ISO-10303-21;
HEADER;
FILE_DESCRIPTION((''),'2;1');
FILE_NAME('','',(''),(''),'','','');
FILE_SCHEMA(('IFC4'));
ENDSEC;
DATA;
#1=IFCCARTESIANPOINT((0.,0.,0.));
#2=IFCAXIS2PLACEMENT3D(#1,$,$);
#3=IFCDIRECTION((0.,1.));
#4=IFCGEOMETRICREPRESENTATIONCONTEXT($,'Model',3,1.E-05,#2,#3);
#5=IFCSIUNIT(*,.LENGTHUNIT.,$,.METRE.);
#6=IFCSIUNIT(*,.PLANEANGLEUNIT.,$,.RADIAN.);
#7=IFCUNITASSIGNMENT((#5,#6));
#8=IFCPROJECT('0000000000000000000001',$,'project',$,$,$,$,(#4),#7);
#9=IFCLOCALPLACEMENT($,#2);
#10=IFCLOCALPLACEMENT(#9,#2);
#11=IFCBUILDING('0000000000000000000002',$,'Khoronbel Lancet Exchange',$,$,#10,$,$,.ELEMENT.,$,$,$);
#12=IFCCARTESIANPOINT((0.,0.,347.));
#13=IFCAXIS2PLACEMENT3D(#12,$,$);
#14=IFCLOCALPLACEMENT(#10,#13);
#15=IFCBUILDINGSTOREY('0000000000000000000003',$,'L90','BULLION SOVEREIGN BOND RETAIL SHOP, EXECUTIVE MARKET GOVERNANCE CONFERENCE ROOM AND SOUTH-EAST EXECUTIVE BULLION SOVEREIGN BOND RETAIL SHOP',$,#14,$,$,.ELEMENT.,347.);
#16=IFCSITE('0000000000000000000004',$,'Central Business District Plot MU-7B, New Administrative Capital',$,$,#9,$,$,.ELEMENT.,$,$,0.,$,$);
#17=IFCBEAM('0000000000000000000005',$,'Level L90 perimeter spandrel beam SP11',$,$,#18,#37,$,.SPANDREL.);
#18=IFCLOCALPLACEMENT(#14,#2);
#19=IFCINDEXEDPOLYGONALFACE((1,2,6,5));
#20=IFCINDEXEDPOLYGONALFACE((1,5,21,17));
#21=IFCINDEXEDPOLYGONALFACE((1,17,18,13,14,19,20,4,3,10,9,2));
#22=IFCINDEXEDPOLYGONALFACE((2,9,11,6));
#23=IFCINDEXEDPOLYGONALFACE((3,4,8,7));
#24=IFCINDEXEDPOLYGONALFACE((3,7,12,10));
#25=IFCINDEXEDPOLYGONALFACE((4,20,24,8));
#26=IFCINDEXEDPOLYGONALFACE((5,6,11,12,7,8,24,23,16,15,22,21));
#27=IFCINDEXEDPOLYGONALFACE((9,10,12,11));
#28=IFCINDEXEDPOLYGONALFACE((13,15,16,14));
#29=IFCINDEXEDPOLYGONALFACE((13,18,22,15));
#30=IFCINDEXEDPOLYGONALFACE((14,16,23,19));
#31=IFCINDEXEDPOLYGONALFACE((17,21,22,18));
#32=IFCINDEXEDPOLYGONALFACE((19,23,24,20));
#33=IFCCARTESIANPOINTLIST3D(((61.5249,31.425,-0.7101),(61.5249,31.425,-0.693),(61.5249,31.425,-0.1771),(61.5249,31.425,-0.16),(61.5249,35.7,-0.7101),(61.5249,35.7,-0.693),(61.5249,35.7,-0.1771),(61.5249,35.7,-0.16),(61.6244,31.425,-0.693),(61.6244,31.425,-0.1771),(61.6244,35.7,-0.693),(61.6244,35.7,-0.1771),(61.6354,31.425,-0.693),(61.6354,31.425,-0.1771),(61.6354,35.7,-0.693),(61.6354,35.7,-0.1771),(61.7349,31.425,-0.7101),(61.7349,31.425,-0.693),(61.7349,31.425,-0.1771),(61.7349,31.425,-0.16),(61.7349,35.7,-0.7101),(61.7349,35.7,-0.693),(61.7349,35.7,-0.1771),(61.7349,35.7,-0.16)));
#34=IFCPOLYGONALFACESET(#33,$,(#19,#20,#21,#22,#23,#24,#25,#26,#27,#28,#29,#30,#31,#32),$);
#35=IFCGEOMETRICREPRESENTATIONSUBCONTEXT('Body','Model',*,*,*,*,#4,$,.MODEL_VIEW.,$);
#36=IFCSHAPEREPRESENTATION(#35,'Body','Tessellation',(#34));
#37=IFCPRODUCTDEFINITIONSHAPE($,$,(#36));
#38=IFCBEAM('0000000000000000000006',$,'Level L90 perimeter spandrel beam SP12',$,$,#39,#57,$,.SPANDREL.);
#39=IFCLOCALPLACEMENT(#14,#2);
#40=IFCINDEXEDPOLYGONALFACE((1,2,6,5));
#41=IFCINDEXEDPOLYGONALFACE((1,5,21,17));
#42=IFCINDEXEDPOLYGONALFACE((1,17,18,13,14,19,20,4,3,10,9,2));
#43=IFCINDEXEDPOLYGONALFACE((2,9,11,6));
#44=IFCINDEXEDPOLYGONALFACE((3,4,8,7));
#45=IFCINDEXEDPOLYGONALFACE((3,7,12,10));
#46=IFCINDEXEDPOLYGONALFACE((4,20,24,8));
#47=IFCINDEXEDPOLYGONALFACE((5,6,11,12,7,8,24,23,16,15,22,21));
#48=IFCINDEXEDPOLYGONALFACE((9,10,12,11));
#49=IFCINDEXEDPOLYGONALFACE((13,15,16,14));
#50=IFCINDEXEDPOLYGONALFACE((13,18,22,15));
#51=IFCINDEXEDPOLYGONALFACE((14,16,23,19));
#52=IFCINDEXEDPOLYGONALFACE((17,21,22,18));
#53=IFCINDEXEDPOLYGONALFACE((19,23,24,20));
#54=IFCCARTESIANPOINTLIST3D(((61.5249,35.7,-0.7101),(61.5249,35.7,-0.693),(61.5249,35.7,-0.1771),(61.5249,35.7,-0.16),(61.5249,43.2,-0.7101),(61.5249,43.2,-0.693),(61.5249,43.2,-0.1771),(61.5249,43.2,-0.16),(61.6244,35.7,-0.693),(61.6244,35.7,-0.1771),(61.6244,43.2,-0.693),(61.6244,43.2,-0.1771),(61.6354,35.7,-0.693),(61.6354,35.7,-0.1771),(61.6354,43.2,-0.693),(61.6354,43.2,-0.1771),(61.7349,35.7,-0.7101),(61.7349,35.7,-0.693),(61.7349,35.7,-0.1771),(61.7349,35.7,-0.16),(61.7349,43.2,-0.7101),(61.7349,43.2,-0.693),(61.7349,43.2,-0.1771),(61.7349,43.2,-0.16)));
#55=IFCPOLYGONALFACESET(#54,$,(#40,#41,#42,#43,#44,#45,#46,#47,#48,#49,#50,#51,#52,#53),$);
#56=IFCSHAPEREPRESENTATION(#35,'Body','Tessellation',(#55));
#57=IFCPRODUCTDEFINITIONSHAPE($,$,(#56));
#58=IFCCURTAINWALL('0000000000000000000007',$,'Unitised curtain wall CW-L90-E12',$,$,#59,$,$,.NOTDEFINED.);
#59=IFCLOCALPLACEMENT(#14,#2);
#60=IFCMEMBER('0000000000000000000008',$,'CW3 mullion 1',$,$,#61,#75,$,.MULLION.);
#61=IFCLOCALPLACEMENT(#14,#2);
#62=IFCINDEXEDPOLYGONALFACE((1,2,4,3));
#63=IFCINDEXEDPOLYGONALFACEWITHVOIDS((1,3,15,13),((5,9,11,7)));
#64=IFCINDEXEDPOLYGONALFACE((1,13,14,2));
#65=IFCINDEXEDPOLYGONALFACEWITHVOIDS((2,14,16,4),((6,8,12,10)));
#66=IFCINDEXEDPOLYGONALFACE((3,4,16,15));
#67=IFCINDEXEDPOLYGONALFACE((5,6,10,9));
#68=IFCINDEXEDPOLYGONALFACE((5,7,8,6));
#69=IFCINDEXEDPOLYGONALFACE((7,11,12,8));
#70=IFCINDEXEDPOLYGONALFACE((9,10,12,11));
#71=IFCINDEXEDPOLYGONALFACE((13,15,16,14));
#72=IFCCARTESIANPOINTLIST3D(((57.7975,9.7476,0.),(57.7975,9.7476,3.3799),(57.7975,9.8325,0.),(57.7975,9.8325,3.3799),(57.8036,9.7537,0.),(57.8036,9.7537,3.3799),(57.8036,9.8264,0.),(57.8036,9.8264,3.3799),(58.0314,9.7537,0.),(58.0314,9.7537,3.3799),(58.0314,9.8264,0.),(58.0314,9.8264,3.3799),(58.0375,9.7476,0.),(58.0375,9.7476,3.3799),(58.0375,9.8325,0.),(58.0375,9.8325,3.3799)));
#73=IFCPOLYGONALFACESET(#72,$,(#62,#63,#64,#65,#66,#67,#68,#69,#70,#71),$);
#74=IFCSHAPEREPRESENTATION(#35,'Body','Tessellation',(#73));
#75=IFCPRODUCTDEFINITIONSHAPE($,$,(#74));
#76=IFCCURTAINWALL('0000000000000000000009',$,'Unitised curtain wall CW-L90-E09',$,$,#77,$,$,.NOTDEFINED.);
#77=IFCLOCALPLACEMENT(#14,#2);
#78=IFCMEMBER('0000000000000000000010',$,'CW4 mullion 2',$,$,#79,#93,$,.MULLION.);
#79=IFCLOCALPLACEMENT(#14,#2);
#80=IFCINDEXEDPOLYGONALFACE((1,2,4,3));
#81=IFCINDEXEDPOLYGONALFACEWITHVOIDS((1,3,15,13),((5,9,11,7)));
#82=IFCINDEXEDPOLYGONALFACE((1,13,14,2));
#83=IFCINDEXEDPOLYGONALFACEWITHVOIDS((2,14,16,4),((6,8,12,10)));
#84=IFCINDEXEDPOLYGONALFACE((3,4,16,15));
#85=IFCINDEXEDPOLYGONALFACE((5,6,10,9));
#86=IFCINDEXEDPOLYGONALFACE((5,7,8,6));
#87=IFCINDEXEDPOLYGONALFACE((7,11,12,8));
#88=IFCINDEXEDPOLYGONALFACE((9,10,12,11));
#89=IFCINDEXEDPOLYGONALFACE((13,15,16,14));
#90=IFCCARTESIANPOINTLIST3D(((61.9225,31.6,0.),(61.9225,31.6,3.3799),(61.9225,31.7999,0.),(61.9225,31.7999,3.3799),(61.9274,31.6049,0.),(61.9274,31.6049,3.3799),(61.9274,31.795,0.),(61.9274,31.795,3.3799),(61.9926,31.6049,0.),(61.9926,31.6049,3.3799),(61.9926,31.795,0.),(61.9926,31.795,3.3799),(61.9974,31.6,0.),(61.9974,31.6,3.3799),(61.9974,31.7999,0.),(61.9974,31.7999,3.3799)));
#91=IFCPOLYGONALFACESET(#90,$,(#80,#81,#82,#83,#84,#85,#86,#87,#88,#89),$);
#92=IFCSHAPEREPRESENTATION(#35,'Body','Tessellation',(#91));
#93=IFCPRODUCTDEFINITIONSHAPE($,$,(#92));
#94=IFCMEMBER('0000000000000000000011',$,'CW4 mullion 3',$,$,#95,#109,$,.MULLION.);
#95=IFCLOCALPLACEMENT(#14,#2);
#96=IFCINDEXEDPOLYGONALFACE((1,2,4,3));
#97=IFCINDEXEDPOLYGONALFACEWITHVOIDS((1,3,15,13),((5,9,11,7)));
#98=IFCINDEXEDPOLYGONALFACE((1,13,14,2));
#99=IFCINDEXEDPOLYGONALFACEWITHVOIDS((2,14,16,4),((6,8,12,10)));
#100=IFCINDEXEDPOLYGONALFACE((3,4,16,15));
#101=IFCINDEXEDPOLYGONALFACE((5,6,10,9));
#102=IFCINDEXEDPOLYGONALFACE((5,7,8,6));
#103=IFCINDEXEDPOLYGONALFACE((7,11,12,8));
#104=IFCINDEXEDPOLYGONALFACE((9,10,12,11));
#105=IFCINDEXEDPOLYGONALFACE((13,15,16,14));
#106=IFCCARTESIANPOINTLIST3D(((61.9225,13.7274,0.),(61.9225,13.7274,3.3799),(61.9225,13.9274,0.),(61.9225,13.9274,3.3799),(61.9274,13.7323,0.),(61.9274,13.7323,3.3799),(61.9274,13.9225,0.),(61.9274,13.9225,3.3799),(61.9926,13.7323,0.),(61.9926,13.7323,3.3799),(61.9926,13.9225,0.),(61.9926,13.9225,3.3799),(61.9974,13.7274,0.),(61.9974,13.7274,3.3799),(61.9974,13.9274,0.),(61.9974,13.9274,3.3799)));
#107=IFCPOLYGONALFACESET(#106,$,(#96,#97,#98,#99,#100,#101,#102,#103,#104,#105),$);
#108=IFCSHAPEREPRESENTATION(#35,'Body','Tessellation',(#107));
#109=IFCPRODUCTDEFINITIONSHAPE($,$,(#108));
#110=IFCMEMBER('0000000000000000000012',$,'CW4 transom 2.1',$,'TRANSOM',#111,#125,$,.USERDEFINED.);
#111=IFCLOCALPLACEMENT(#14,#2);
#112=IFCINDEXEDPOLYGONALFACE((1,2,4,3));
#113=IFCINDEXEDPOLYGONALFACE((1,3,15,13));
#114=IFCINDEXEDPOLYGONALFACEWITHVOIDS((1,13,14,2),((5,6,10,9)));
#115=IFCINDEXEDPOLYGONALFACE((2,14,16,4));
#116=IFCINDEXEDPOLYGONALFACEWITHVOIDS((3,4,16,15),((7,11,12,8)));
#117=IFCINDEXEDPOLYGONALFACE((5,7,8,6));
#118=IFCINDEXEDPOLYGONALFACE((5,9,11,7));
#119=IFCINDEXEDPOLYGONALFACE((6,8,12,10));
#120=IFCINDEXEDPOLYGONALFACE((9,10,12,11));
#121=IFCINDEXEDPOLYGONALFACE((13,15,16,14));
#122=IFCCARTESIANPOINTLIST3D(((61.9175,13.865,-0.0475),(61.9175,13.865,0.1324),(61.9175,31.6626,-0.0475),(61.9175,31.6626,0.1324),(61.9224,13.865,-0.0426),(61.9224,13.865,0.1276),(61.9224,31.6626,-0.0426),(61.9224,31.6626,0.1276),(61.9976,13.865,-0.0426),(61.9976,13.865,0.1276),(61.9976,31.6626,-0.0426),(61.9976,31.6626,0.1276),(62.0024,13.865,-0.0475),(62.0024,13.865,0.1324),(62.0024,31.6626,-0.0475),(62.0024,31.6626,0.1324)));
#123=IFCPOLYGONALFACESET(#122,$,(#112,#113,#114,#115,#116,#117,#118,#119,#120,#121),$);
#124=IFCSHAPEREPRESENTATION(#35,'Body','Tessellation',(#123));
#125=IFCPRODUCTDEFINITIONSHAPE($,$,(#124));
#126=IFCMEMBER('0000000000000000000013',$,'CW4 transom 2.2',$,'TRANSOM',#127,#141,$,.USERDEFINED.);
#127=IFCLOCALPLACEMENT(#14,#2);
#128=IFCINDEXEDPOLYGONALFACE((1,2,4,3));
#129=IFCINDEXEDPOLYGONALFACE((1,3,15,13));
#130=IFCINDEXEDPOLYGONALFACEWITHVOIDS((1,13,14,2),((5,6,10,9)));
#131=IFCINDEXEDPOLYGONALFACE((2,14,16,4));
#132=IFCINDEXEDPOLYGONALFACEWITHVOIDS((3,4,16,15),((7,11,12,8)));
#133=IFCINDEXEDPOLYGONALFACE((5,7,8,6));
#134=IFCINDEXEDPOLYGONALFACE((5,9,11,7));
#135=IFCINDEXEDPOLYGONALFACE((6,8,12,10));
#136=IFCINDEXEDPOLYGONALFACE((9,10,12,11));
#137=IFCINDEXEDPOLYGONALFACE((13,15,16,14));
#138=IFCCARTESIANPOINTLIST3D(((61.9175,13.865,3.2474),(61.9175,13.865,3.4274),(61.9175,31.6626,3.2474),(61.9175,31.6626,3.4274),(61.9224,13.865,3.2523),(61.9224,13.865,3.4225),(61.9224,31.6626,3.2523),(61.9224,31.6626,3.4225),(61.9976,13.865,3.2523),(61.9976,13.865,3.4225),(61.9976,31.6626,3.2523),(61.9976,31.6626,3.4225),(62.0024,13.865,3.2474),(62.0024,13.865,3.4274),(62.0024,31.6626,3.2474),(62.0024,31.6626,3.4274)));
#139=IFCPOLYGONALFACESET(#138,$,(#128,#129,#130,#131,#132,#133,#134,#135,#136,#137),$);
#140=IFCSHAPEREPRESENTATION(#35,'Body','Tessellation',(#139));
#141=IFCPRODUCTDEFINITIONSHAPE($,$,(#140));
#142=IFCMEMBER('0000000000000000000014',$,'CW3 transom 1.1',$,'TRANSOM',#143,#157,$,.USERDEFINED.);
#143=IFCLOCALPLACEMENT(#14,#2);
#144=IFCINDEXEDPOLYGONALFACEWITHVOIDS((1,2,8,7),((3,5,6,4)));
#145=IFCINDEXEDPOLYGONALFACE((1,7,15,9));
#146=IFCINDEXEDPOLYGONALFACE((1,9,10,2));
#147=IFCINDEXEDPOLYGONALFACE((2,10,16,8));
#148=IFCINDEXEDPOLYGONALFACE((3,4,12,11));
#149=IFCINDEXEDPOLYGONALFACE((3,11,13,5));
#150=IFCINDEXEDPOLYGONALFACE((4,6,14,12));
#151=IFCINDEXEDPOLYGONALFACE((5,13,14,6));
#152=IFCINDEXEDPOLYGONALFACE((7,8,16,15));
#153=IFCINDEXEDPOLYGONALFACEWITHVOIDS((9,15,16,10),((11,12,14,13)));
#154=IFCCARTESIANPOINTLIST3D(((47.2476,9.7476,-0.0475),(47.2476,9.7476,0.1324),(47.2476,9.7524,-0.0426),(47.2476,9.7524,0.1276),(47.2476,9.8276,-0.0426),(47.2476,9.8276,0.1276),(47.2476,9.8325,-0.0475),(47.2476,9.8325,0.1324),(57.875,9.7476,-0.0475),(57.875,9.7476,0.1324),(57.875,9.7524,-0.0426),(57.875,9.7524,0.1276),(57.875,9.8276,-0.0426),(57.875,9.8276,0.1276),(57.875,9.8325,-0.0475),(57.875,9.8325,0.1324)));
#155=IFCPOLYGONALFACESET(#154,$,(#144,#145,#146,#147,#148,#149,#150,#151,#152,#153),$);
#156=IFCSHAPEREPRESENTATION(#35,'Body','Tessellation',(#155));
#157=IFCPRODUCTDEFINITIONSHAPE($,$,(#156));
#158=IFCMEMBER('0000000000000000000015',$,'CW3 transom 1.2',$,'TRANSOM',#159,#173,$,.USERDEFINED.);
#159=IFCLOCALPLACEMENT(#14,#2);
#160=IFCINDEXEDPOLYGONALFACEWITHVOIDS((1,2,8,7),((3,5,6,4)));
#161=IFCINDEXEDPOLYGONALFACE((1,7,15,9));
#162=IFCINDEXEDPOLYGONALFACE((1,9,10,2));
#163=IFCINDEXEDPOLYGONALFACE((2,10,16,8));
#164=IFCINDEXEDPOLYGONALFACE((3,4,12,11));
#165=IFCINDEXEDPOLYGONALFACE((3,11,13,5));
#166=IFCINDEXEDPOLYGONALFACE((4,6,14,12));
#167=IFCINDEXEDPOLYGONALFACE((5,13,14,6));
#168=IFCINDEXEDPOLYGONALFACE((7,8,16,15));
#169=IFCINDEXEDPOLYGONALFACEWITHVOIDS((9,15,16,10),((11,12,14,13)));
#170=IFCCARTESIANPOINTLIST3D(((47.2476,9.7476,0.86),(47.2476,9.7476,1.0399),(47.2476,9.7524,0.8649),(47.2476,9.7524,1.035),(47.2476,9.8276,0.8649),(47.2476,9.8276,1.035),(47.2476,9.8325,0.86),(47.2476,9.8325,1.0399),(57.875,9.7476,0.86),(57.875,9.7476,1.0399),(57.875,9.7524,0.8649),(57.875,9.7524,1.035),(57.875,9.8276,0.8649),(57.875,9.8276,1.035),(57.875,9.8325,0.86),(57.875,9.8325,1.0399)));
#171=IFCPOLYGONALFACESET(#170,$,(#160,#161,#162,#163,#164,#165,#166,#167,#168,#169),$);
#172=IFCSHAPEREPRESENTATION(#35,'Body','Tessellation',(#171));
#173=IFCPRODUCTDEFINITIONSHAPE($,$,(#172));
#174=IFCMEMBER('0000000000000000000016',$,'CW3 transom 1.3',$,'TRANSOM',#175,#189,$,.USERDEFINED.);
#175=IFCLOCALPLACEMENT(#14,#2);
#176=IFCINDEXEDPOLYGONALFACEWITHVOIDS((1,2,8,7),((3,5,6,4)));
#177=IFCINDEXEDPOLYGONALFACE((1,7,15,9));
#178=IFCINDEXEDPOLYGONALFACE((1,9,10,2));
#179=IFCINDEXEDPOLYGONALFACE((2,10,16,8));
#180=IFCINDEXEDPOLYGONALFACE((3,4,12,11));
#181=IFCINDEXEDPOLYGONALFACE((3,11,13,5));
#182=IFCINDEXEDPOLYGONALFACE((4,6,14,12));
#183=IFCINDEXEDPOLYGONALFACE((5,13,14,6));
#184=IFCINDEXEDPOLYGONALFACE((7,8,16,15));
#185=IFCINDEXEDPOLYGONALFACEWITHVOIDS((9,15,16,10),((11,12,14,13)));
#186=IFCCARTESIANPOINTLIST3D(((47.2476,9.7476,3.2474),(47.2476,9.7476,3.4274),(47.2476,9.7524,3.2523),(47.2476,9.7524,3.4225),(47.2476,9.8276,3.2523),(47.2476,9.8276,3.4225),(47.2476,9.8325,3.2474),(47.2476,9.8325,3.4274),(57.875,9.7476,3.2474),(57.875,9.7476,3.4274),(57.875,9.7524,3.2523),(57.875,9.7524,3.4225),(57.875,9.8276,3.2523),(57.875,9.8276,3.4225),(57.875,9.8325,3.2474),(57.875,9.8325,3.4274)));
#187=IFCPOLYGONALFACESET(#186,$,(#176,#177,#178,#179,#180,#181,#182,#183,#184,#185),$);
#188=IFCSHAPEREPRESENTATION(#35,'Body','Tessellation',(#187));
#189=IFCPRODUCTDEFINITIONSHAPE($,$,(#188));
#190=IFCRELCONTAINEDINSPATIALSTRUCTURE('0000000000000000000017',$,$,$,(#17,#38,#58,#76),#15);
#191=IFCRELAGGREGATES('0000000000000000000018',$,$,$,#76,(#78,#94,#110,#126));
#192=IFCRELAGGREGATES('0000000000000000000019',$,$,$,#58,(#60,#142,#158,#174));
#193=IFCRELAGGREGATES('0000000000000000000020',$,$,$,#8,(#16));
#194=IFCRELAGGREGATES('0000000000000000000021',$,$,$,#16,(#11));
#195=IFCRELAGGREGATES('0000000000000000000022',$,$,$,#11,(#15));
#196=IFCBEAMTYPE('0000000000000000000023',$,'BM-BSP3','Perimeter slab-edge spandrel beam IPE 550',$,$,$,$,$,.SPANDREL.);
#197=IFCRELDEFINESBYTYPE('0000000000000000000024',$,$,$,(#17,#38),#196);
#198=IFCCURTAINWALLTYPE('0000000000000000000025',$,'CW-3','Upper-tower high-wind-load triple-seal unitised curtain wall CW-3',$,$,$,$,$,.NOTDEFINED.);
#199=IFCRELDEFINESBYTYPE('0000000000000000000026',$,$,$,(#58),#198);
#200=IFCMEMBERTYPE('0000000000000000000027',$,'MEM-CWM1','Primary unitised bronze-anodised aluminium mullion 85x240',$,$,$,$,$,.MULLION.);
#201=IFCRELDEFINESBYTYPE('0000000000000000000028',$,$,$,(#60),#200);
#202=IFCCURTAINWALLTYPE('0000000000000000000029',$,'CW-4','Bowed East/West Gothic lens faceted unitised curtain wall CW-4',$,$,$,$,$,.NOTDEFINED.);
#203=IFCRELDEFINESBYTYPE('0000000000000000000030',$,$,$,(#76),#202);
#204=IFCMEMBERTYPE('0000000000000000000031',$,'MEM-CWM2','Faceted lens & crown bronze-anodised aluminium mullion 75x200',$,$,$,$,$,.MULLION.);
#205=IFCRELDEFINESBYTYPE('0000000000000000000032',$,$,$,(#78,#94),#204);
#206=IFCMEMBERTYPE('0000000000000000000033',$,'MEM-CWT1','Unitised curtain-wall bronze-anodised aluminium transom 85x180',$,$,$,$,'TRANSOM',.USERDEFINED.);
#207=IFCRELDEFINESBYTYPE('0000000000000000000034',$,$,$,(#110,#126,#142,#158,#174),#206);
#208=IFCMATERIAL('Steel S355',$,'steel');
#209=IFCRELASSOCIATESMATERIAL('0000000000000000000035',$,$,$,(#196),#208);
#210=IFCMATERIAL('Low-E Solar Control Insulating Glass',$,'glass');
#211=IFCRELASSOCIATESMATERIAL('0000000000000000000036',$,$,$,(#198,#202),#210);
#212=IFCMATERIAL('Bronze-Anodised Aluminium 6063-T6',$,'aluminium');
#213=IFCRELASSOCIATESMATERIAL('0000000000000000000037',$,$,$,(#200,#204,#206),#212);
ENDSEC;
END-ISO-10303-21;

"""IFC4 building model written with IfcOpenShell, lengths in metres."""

from ifc_helpers import new_model, si_unit, direction, frame, origin, origin_2d, place, context, subcontext, project, spatial, hollow_rectangle, i_section, extrude, material, material_profile, profile_set, type_object, element, aggregate, save


model = new_model("IFC4")

# Units and contexts
model_context = context("Model", 3, precision=1e-05, world=origin(), true_north=direction((0.0, 1.0)))
body_context = subcontext(model_context, "Body", "Model", "MODEL_VIEW")
ifc_project = project(units=[si_unit("LENGTHUNIT", "METRE"), si_unit("PLANEANGLEUNIT", "RADIAN")], contexts=[model_context])

# Site, building, storey
site_placement = place(None, origin())
site = spatial("IfcSite", under=ifc_project, at=site_placement, Name="Central Business District Plot MU-7B, New Administrative Capital", CompositionType="ELEMENT", RefElevation=0.0)
building_placement = place(site_placement, origin())
building = spatial("IfcBuilding", under=site, at=building_placement, Name="Khoronbel Lancet Exchange", CompositionType="ELEMENT")
storey_placement = place(building_placement, frame((0.0, 0.0, 347.0)))
storey = spatial("IfcBuildingStorey", under=building, at=storey_placement, Name="L90", Description="BULLION SOVEREIGN BOND RETAIL SHOP, EXECUTIVE MARKET GOVERNANCE CONFERENCE ROOM AND SOUTH-EAST EXECUTIVE BULLION SOVEREIGN BOND RETAIL SHOP", CompositionType="ELEMENT", Elevation=347.0)

# Shared definitions
ifc_material_1 = material(Name="Steel S355", Category="steel")

# Beams
ifc_material_profile_1 = material_profile(ifc_material_1, i_section(OverallWidth=0.21, OverallDepth=0.55, WebThickness=0.011, FlangeThickness=0.0171, at=origin_2d()), Name="IPE 550")
ifc_profile_set_1 = profile_set([ifc_material_profile_1], Name="Steel S355")
beam_type_1 = type_object("IfcBeamType", Name="BM-BSP3", Description="Perimeter slab-edge spandrel beam IPE 550", PredefinedType="SPANDREL", material=ifc_profile_set_1)
beam_1_placement = place(storey_placement, frame((61.6299, 31.425, -0.4351), z_axis=(0.0, 1.0, 0.0), x_axis=(-1.0, 0.0, 0.0)))
element("IfcBeam", 1, at=beam_1_placement, inside=storey, type_object=beam_type_1, Name="Level L90 perimeter spandrel beam SP11", PredefinedType="SPANDREL", context=body_context, shape_type="SweptSolid", body=[
    extrude(i_section(OverallWidth=0.21, OverallDepth=0.55, WebThickness=0.011, FlangeThickness=0.0171, at=origin_2d()), origin(), (0.0, 0.0, 1.0), 4.2749),
])
beam_2_placement = place(storey_placement, frame((61.6299, 35.7, -0.4351), z_axis=(0.0, 1.0, 0.0), x_axis=(-1.0, 0.0, 0.0)))
element("IfcBeam", 2, at=beam_2_placement, inside=storey, type_object=beam_type_1, Name="Level L90 perimeter spandrel beam SP12", PredefinedType="SPANDREL", context=body_context, shape_type="SweptSolid", body=[
    extrude(i_section(OverallWidth=0.21, OverallDepth=0.55, WebThickness=0.011, FlangeThickness=0.0171, at=origin_2d()), origin(), (0.0, 0.0, 1.0), 7.5),
])

# Curtain wall, member
ifc_material_2 = material(Name="Low-E Solar Control Insulating Glass", Category="glass")
curtain_wall_type_1 = type_object("IfcCurtainWallType", Name="CW-3", Description="Upper-tower high-wind-load triple-seal unitised curtain wall CW-3", PredefinedType="NOTDEFINED", material=ifc_material_2)
curtain_wall_1_placement = place(storey_placement, origin())
curtain_wall_1 = element("IfcCurtainWall", 3, at=curtain_wall_1_placement, inside=storey, type_object=curtain_wall_type_1, Name="Unitised curtain wall CW-L90-E12", PredefinedType="NOTDEFINED")
ifc_material_3 = material(Name="Bronze-Anodised Aluminium 6063-T6", Category="aluminium")
ifc_material_profile_2 = material_profile(ifc_material_3, hollow_rectangle(XDim=0.085, YDim=0.24, WallThickness=0.0061, at=origin_2d()), Name="ALU MULLION 85x240")
ifc_profile_set_2 = profile_set([ifc_material_profile_2], Name="Bronze-Anodised Aluminium 6063-T6")
member_type_1 = type_object("IfcMemberType", Name="MEM-CWM1", Description="Primary unitised bronze-anodised aluminium mullion 85x240", PredefinedType="MULLION", material=ifc_profile_set_2)
member_1_placement = place(storey_placement, frame((57.9175, 9.79, 0.0), z_axis=(0.0, 0.0, 1.0), x_axis=(0.0, -1.0, 0.0)))
member_1 = element("IfcMember", 4, at=member_1_placement, type_object=member_type_1, Name="CW3 mullion 1", PredefinedType="MULLION", context=body_context, shape_type="SweptSolid", body=[
    extrude(hollow_rectangle(XDim=0.085, YDim=0.24, WallThickness=0.0061, at=origin_2d()), origin(), (0.0, 0.0, 1.0), 3.3799),
])

# Curtain wall, members
curtain_wall_type_2 = type_object("IfcCurtainWallType", Name="CW-4", Description="Bowed East/West Gothic lens faceted unitised curtain wall CW-4", PredefinedType="NOTDEFINED", material=ifc_material_2)
curtain_wall_2_placement = place(storey_placement, origin())
curtain_wall_2 = element("IfcCurtainWall", 5, at=curtain_wall_2_placement, inside=storey, type_object=curtain_wall_type_2, Name="Unitised curtain wall CW-L90-E09", PredefinedType="NOTDEFINED")
ifc_material_profile_3 = material_profile(ifc_material_3, hollow_rectangle(XDim=0.075, YDim=0.2, WallThickness=0.0049, at=origin_2d()), Name="ALU MULLION 75x200")
ifc_profile_set_3 = profile_set([ifc_material_profile_3], Name="Bronze-Anodised Aluminium 6063-T6")
member_type_2 = type_object("IfcMemberType", Name="MEM-CWM2", Description="Faceted lens & crown bronze-anodised aluminium mullion 75x200", PredefinedType="MULLION", material=ifc_profile_set_3)
member_2_placement = place(storey_placement, frame((61.96, 31.7, 0.0), z_axis=(0.0, 0.0, 1.0), x_axis=(1.0, 0.0, 0.0)))
member_2 = element("IfcMember", 6, at=member_2_placement, type_object=member_type_2, Name="CW4 mullion 2", PredefinedType="MULLION", context=body_context, shape_type="SweptSolid", body=[
    extrude(hollow_rectangle(XDim=0.075, YDim=0.2, WallThickness=0.0049, at=origin_2d()), origin(), (0.0, 0.0, 1.0), 3.3799),
])
member_3_placement = place(storey_placement, frame((61.96, 13.8274, 0.0), z_axis=(0.0, 0.0, 1.0), x_axis=(1.0, 0.0, 0.0)))
member_3 = element("IfcMember", 7, at=member_3_placement, type_object=member_type_2, Name="CW4 mullion 3", PredefinedType="MULLION", context=body_context, shape_type="SweptSolid", body=[
    extrude(hollow_rectangle(XDim=0.075, YDim=0.2, WallThickness=0.0049, at=origin_2d()), origin(), (0.0, 0.0, 1.0), 3.3799),
])
ifc_material_profile_4 = material_profile(ifc_material_3, hollow_rectangle(XDim=0.085, YDim=0.1799, WallThickness=0.0049, at=origin_2d()), Name="ALU TRANSOM 85x180")
ifc_profile_set_4 = profile_set([ifc_material_profile_4], Name="Bronze-Anodised Aluminium 6063-T6")
member_type_3 = type_object("IfcMemberType", Name="MEM-CWT1", Description="Unitised curtain-wall bronze-anodised aluminium transom 85x180", ElementType="TRANSOM", PredefinedType="USERDEFINED", material=ifc_profile_set_4)
member_4_placement = place(storey_placement, frame((61.96, 31.6626, 0.0425), z_axis=(0.0, -1.0, 0.0), x_axis=(1.0, 0.0, 0.0)))
member_4 = element("IfcMember", 8, at=member_4_placement, type_object=member_type_3, Name="CW4 transom 2.1", ObjectType="TRANSOM", PredefinedType="USERDEFINED", context=body_context, shape_type="SweptSolid", body=[
    extrude(hollow_rectangle(XDim=0.085, YDim=0.1799, WallThickness=0.0049, at=origin_2d()), origin(), (0.0, 0.0, 1.0), 17.7976),
])
member_5_placement = place(storey_placement, frame((61.96, 31.6626, 3.3374), z_axis=(0.0, -1.0, 0.0), x_axis=(1.0, 0.0, 0.0)))
member_5 = element("IfcMember", 9, at=member_5_placement, type_object=member_type_3, Name="CW4 transom 2.2", ObjectType="TRANSOM", PredefinedType="USERDEFINED", context=body_context, shape_type="SweptSolid", body=[
    extrude(hollow_rectangle(XDim=0.085, YDim=0.1799, WallThickness=0.0049, at=origin_2d()), origin(), (0.0, 0.0, 1.0), 17.7976),
])

# Members
member_6_placement = place(storey_placement, frame((57.875, 9.79, 0.0425), z_axis=(-1.0, 0.0, 0.0), x_axis=(0.0, -1.0, 0.0)))
member_6 = element("IfcMember", 10, at=member_6_placement, type_object=member_type_3, Name="CW3 transom 1.1", ObjectType="TRANSOM", PredefinedType="USERDEFINED", context=body_context, shape_type="SweptSolid", body=[
    extrude(hollow_rectangle(XDim=0.085, YDim=0.1799, WallThickness=0.0049, at=origin_2d()), origin(), (0.0, 0.0, 1.0), 10.6274),
])
member_7_placement = place(storey_placement, frame((57.875, 9.79, 0.95), z_axis=(-1.0, 0.0, 0.0), x_axis=(0.0, -1.0, 0.0)))
member_7 = element("IfcMember", 11, at=member_7_placement, type_object=member_type_3, Name="CW3 transom 1.2", ObjectType="TRANSOM", PredefinedType="USERDEFINED", context=body_context, shape_type="SweptSolid", body=[
    extrude(hollow_rectangle(XDim=0.085, YDim=0.1799, WallThickness=0.0049, at=origin_2d()), origin(), (0.0, 0.0, 1.0), 10.6274),
])
member_8_placement = place(storey_placement, frame((57.875, 9.79, 3.3374), z_axis=(-1.0, 0.0, 0.0), x_axis=(0.0, -1.0, 0.0)))
member_8 = element("IfcMember", 12, at=member_8_placement, type_object=member_type_3, Name="CW3 transom 1.3", ObjectType="TRANSOM", PredefinedType="USERDEFINED", context=body_context, shape_type="SweptSolid", body=[
    extrude(hollow_rectangle(XDim=0.085, YDim=0.1799, WallThickness=0.0049, at=origin_2d()), origin(), (0.0, 0.0, 1.0), 10.6274),
])

aggregate(curtain_wall_2, [member_2, member_3, member_4, member_5])
aggregate(curtain_wall_1, [member_1, member_6, member_7, member_8])

save(model, "model.ifc")
